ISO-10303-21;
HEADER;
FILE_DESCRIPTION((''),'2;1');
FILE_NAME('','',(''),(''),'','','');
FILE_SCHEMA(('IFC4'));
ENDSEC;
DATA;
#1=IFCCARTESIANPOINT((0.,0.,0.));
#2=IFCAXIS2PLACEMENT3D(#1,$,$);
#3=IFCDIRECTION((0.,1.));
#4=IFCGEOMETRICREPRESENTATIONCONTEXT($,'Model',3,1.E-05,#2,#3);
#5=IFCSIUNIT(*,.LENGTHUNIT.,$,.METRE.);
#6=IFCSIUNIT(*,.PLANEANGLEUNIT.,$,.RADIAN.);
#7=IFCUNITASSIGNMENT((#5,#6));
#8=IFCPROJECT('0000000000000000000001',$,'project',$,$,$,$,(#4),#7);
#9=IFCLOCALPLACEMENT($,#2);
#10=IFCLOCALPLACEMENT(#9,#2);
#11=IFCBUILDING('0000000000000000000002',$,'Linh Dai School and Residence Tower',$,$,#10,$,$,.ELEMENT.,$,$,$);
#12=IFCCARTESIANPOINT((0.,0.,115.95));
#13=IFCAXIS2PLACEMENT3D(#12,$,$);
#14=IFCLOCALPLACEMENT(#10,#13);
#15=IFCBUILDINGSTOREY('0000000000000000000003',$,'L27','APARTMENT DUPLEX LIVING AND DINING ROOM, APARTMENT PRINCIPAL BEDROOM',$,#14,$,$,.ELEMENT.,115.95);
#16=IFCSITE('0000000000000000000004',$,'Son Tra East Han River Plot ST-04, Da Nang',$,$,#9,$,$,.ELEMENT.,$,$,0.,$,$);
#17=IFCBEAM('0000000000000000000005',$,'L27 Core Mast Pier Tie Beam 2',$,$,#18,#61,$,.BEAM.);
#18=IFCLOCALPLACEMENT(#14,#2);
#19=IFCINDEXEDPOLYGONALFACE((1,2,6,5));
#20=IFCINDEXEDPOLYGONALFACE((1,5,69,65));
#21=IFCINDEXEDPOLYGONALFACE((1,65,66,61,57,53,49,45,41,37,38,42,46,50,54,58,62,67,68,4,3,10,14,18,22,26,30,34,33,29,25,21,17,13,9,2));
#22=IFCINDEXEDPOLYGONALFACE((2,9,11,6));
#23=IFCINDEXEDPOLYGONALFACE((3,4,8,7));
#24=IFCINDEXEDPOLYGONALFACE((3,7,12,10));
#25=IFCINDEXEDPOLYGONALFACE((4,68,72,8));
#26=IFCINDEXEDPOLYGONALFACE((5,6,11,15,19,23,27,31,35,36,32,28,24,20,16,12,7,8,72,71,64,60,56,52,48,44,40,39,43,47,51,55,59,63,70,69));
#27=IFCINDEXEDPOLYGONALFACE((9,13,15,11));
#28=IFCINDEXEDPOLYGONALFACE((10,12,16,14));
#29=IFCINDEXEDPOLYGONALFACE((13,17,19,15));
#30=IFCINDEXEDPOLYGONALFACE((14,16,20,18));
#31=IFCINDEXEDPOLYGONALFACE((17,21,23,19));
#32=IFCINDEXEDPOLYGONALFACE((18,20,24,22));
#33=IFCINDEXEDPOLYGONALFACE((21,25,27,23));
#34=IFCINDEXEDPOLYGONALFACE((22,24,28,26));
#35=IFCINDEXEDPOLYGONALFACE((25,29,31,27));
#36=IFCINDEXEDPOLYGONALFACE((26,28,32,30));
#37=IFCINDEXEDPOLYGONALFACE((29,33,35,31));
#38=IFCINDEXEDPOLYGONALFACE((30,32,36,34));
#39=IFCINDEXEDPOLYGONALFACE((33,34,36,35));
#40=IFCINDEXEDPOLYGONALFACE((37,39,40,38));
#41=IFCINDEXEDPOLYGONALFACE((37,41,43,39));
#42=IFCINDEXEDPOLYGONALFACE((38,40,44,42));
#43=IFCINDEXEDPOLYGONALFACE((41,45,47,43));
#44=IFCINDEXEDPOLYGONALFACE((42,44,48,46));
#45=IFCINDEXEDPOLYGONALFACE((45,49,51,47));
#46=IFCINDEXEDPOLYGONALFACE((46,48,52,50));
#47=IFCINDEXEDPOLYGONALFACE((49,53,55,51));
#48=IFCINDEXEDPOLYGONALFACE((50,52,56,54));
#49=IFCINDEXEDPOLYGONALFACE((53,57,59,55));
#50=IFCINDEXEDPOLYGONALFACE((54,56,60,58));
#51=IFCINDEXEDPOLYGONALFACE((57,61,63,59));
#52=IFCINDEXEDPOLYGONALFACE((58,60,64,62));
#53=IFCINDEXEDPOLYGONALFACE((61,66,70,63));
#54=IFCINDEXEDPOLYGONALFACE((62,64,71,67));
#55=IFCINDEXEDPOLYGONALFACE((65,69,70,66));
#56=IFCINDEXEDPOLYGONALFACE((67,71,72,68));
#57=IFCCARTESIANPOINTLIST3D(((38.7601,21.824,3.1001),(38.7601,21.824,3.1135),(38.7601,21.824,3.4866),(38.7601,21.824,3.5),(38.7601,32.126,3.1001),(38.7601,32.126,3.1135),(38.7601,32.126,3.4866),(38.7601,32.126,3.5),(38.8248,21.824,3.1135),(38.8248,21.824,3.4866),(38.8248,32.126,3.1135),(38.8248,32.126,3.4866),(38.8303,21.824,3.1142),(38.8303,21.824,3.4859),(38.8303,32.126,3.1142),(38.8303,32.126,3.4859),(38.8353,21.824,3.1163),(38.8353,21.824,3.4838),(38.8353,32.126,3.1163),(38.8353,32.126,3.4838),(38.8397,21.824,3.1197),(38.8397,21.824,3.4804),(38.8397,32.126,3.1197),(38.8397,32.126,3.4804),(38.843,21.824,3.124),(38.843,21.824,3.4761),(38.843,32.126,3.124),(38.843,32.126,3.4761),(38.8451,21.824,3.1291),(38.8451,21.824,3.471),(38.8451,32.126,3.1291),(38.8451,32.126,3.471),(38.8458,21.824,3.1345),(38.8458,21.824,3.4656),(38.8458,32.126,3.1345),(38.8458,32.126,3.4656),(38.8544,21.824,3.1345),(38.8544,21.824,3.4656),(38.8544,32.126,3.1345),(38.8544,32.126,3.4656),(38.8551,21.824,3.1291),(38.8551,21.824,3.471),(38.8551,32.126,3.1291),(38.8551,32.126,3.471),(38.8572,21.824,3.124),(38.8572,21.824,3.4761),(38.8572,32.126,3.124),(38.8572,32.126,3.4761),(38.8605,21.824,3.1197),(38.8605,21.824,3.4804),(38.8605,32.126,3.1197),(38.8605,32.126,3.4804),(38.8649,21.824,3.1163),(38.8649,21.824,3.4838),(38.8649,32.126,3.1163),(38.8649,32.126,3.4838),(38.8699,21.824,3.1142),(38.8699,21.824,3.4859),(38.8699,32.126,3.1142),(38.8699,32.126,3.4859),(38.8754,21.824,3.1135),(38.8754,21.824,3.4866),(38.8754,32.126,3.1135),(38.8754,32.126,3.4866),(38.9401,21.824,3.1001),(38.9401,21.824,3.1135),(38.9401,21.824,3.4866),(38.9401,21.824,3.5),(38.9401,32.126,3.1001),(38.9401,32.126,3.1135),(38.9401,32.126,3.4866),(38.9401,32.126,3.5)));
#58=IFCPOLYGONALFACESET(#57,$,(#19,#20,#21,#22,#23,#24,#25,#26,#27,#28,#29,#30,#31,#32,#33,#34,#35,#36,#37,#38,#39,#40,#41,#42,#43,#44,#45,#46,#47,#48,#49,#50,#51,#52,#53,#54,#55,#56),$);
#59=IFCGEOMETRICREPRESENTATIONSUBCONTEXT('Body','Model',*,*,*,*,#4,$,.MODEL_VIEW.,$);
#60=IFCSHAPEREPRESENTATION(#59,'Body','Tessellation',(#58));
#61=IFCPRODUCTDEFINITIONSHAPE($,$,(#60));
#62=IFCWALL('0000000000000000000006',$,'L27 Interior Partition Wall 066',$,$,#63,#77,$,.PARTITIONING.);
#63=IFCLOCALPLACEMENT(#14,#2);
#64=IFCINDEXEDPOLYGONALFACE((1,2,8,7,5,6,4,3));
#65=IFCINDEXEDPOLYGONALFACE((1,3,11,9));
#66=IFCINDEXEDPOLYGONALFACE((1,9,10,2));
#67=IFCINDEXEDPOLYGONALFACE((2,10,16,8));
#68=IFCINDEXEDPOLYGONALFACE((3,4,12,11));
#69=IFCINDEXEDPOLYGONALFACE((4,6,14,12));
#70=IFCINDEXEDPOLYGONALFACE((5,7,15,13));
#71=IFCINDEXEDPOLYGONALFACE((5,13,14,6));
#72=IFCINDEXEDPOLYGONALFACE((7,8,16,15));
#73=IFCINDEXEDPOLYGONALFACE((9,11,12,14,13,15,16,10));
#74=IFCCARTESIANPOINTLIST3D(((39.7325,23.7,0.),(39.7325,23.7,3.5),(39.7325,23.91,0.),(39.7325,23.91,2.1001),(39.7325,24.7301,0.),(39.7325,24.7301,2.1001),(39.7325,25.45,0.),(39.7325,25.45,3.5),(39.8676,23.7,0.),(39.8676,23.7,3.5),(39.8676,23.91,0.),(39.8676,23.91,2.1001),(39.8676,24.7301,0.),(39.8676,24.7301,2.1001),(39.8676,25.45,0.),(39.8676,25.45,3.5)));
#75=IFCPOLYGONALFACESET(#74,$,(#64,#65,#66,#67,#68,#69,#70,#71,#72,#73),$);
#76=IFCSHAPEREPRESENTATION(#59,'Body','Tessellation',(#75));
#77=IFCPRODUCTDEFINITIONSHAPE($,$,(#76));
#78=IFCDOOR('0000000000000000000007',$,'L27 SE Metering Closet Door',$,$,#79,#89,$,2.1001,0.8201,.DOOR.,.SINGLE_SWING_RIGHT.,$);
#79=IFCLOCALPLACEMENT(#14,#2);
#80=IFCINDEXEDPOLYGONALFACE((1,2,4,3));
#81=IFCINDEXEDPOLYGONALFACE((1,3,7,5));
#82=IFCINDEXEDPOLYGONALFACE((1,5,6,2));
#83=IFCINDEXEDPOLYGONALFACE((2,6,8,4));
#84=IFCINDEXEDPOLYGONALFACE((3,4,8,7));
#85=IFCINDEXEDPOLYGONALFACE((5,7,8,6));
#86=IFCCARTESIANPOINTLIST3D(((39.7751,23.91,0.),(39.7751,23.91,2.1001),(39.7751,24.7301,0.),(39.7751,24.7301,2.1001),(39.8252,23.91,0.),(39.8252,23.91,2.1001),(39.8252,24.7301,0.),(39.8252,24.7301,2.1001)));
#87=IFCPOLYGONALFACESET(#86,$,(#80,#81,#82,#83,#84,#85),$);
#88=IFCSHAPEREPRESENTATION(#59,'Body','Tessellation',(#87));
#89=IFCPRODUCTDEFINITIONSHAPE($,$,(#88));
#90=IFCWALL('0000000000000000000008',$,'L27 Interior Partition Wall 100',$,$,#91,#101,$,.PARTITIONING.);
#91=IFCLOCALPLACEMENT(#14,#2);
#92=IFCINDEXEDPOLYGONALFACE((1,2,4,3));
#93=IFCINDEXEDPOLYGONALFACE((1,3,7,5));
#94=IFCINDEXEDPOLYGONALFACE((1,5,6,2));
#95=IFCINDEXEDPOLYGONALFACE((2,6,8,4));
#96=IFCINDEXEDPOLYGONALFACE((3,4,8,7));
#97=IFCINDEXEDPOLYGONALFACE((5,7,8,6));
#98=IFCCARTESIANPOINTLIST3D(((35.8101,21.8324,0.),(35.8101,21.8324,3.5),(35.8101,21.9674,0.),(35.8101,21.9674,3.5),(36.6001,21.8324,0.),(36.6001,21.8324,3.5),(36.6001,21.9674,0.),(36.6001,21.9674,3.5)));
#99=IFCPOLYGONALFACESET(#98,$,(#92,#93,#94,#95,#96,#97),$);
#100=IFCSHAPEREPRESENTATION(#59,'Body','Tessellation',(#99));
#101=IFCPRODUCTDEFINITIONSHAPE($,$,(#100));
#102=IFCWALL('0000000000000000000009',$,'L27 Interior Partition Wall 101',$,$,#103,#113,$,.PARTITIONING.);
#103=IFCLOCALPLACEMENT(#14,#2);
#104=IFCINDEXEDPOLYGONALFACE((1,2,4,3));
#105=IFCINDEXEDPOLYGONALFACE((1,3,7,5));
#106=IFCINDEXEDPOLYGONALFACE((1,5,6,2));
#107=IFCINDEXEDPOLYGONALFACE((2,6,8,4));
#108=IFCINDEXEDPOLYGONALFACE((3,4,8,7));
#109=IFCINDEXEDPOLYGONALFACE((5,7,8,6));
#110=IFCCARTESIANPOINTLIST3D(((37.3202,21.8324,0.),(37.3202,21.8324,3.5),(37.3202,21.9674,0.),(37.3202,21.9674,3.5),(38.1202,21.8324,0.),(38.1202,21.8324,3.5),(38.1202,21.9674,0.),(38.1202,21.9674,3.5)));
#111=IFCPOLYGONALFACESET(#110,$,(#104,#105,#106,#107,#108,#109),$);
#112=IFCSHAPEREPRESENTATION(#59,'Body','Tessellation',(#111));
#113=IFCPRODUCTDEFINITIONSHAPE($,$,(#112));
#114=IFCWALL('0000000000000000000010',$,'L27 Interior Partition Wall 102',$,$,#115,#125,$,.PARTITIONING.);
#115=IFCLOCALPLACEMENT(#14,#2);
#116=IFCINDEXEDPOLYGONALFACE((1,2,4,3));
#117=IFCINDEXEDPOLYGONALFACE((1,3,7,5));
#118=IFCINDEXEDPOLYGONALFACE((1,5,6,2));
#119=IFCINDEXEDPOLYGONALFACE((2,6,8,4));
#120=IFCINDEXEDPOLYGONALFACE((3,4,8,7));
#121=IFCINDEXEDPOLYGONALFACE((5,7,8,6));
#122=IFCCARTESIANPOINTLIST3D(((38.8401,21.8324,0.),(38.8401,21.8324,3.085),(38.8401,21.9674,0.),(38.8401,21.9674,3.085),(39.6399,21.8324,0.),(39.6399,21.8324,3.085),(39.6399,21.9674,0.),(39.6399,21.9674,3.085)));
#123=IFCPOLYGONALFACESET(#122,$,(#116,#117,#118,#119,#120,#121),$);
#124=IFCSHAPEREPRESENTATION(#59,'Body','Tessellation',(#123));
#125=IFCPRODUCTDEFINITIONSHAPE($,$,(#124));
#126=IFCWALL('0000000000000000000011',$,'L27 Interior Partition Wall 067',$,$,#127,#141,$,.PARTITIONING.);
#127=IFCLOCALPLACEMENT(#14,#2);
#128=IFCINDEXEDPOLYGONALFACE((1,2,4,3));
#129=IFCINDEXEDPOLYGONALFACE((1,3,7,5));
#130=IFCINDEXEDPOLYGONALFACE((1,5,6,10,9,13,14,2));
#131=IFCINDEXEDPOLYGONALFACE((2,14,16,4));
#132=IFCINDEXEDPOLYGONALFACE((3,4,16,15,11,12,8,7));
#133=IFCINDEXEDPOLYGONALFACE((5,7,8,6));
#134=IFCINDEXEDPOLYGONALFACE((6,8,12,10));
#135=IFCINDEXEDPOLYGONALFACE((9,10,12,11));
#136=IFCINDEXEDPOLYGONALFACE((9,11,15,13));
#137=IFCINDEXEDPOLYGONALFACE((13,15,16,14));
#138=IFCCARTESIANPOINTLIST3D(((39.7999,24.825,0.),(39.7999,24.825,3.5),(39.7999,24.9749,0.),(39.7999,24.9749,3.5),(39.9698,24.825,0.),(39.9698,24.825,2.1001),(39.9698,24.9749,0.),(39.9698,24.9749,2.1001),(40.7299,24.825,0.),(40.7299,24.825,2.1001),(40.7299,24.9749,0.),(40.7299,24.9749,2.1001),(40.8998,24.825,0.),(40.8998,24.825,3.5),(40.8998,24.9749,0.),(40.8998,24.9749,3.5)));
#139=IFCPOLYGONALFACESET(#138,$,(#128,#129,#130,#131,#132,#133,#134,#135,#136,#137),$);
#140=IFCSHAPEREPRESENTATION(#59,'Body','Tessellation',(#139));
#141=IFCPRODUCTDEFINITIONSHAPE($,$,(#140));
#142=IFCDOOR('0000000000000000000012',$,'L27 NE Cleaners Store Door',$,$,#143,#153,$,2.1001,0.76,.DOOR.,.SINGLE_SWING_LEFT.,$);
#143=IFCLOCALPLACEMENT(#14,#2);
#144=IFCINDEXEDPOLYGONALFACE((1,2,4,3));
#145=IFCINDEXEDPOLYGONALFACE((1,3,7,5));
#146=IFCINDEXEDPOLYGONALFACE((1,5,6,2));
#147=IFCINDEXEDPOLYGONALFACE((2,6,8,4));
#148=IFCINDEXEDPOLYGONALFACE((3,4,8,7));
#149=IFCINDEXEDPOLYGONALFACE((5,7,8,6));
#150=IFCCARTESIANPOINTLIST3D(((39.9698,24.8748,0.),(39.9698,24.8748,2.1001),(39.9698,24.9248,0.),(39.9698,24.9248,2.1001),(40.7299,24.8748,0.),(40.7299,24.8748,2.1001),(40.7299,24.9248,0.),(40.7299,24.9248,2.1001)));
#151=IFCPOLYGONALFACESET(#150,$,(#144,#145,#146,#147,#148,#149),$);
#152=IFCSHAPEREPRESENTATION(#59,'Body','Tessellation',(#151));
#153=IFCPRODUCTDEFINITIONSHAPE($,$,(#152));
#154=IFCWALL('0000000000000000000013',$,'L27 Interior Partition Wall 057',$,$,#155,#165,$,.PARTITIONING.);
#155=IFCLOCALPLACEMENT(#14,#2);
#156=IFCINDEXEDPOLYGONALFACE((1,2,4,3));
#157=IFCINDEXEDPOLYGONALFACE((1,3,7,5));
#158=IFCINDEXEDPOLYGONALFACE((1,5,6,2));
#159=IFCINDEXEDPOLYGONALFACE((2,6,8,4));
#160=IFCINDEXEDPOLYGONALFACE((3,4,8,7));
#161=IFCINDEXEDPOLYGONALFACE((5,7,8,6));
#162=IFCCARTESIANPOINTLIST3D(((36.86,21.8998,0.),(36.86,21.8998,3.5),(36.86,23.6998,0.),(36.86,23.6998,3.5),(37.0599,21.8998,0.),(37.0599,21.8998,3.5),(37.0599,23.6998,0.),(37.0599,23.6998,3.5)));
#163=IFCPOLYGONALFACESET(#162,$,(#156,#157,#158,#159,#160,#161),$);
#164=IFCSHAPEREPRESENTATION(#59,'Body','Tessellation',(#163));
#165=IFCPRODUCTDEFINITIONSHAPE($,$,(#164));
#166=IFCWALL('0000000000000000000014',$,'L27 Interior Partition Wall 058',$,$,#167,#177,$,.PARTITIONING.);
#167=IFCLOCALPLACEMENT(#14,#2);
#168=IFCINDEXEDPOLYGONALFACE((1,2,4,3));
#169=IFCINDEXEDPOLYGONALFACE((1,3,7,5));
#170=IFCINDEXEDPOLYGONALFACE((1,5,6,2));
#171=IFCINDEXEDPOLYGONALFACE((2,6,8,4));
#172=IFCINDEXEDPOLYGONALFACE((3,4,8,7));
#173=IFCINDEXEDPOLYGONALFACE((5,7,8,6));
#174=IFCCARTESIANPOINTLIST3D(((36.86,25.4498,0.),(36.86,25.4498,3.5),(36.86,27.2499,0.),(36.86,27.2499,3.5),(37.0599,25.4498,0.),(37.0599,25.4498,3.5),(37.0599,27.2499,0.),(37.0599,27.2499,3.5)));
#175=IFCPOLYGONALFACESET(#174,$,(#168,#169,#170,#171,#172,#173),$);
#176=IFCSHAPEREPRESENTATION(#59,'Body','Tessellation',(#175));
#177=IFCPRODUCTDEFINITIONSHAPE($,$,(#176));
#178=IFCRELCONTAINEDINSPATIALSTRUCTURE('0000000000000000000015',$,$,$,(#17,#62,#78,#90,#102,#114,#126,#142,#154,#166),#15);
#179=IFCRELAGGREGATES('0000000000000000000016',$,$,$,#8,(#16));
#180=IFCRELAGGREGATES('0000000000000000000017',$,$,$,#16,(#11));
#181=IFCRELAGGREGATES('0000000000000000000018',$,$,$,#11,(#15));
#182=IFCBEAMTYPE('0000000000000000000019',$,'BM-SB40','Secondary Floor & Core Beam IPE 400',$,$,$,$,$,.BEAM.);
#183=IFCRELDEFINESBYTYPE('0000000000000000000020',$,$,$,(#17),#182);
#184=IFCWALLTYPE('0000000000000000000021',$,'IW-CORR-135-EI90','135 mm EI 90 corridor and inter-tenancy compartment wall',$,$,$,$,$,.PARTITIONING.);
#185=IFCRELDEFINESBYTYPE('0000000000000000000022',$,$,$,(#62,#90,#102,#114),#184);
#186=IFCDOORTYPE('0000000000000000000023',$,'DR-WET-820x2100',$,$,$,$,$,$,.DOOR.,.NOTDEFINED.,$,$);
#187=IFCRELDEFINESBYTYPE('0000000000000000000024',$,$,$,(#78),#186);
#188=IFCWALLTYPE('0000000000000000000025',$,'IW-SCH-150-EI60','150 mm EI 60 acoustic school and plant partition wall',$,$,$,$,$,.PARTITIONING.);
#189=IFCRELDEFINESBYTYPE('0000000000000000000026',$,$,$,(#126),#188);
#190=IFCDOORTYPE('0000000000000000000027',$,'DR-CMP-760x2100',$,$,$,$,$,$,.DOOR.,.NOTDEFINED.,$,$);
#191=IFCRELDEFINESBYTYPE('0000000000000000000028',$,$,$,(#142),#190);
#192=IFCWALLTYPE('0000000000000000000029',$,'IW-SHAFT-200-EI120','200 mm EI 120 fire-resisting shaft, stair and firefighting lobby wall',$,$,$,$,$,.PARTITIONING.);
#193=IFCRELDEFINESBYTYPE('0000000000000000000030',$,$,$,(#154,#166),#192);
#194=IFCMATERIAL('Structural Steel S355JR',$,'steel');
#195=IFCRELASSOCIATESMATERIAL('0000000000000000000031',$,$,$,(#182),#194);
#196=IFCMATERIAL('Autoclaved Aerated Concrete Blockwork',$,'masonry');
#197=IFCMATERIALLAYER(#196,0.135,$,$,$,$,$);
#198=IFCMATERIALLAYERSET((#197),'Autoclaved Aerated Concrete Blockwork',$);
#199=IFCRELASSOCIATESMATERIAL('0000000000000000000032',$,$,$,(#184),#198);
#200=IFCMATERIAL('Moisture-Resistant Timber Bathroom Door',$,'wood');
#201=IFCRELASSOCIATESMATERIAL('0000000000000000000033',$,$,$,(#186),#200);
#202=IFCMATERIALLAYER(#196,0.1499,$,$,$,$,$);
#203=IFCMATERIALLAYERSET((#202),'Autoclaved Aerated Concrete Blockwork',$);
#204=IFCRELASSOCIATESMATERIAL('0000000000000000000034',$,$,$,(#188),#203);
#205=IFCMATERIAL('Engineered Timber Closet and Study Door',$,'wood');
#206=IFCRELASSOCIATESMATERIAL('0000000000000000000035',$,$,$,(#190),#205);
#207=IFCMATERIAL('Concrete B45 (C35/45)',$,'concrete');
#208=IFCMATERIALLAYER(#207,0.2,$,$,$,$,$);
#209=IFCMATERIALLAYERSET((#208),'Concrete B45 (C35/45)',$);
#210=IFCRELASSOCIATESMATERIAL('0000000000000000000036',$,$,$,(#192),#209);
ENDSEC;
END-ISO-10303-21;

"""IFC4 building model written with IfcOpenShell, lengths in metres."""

from ifc_helpers import new_model, si_unit, direction, frame, frame_2d, origin, origin_2d, place, context, subcontext, project, spatial, rectangle, i_section, extrude, source, transform, mapped, material, layer, layer_set, material_profile, profile_set, type_object, element, fill, save


model = new_model("IFC4")

# Units and contexts
model_context = context("Model", 3, precision=1e-05, world=origin(), true_north=direction((0.0, 1.0)))
body_context = subcontext(model_context, "Body", "Model", "MODEL_VIEW")
ifc_project = project(units=[si_unit("LENGTHUNIT", "METRE"), si_unit("PLANEANGLEUNIT", "RADIAN")], contexts=[model_context])

# Site, building, storey
site_placement = place(None, origin())
site = spatial("IfcSite", under=ifc_project, at=site_placement, Name="Son Tra East Han River Plot ST-04, Da Nang", CompositionType="ELEMENT", RefElevation=0.0)
building_placement = place(site_placement, origin())
building = spatial("IfcBuilding", under=site, at=building_placement, Name="Linh Dai School and Residence Tower", CompositionType="ELEMENT")
storey_placement = place(building_placement, frame((0.0, 0.0, 115.95)))
storey = spatial("IfcBuildingStorey", under=building, at=storey_placement, Name="L27", Description="APARTMENT DUPLEX LIVING AND DINING ROOM, APARTMENT PRINCIPAL BEDROOM", CompositionType="ELEMENT", Elevation=115.95)

# Shared definitions
ifc_material_1 = material(Name="Structural Steel S355JR", Category="steel")

# Beam
ifc_material_profile_1 = material_profile(ifc_material_1, i_section(OverallWidth=0.1799, OverallDepth=0.3999, WebThickness=0.0085, FlangeThickness=0.0134, FilletRadius=0.021, at=origin_2d()), Name="IPE 400")
ifc_profile_set_1 = profile_set([ifc_material_profile_1], Name="Structural Steel S355JR")
beam_type = type_object("IfcBeamType", Name="BM-SB40", Description="Secondary Floor & Core Beam IPE 400", PredefinedType="BEAM", material=ifc_profile_set_1)
beam_placement = place(storey_placement, frame((38.8501, 21.824, 3.3), z_axis=(0.0, 1.0, 0.0), x_axis=(-1.0, 0.0, 0.0)))
element("IfcBeam", 1, at=beam_placement, inside=storey, type_object=beam_type, Name="L27 Core Mast Pier Tie Beam 2", PredefinedType="BEAM", context=body_context, shape_type="SweptSolid", body=[
    extrude(i_section(OverallWidth=0.1799, OverallDepth=0.3999, WebThickness=0.0085, FlangeThickness=0.0134, FilletRadius=0.021, at=origin_2d()), origin(), (0.0, 0.0, 1.0), 10.302),
])

# Wall, opening, door
ifc_material_2 = material(Name="Autoclaved Aerated Concrete Blockwork", Category="masonry")
ifc_layer_1 = layer(ifc_material_2, 0.135)
ifc_layer_set_1 = layer_set([ifc_layer_1], Name="Autoclaved Aerated Concrete Blockwork")
wall_type_1 = type_object("IfcWallType", Name="IW-CORR-135-EI90", Description="135 mm EI 90 corridor and inter-tenancy compartment wall", PredefinedType="PARTITIONING", material=ifc_layer_set_1)
wall_1_placement = place(storey_placement, frame((39.8, 23.7, 0.0), z_axis=(0.0, 0.0, 1.0), x_axis=(0.0, 1.0, 0.0)))
wall_1 = element("IfcWall", 2, at=wall_1_placement, inside=storey, type_object=wall_type_1, Name="L27 Interior Partition Wall 066", PredefinedType="PARTITIONING", context=body_context, shape_type="SweptSolid", body=[
    extrude(rectangle(XDim=1.75, YDim=0.135, at=frame_2d((0.875, 0.0))), origin(), (0.0, 0.0, 1.0), 3.5),
])
opening_1_placement = place(wall_1_placement, frame((0.21, 0.0, 0.0)))
opening_1 = element("IfcOpeningElement", 3, at=opening_1_placement, cuts=wall_1, PredefinedType="OPENING", context=body_context, shape_type="SweptSolid", body=[
    extrude(rectangle(XDim=0.8201, YDim=2.1001, at=origin_2d()), frame((0.4102, 0.0776, 1.05), z_axis=(0.0, -1.0, 0.0), x_axis=(1.0, 0.0, 0.0)), (0.0, 0.0, 1.0), 0.155),
])
ifc_material_3 = material(Name="Moisture-Resistant Timber Bathroom Door", Category="wood")
door_type_1 = type_object("IfcDoorType", Name="DR-WET-820x2100", OperationType="NOTDEFINED", PredefinedType="DOOR", material=ifc_material_3)
shared_shape_1 = source(origin(), body_context, "Body", "SweptSolid", [
    extrude(rectangle(XDim=0.8201, YDim=2.1001, at=origin_2d()), frame((0.4102, 0.0249, 1.05), z_axis=(0.0, -1.0, 0.0), x_axis=(1.0, 0.0, 0.0)), (0.0, 0.0, 1.0), 0.05),
])
door_1_placement = place(opening_1_placement, origin())
door_1 = element("IfcDoor", 4, at=door_1_placement, inside=storey, type_object=door_type_1, Name="L27 SE Metering Closet Door", OperationType="SINGLE_SWING_RIGHT", OverallHeight=2.1001, OverallWidth=0.8201, PredefinedType="DOOR", context=body_context, shape_type="MappedRepresentation", body=[
    mapped(shared_shape_1, transform((0.0, 0.0, 0.0), x_axis=(1.0, 0.0, 0.0), y_axis=(0.0, 1.0, 0.0), z_axis=(0.0, 0.0, 1.0), scale=1.0)),
])
fill(opening_1, door_1)

# Walls
wall_2_placement = place(storey_placement, frame((36.6001, 21.8999, 0.0), z_axis=(0.0, 0.0, 1.0), x_axis=(-1.0, 0.0, 0.0)))
element("IfcWall", 5, at=wall_2_placement, inside=storey, type_object=wall_type_1, Name="L27 Interior Partition Wall 100", PredefinedType="PARTITIONING", context=body_context, shape_type="SweptSolid", body=[
    extrude(rectangle(XDim=0.79, YDim=0.135, at=frame_2d((0.395, 0.0))), origin(), (0.0, 0.0, 1.0), 3.5),
])
wall_3_placement = place(storey_placement, frame((38.1201, 21.8999, 0.0), z_axis=(0.0, 0.0, 1.0), x_axis=(-1.0, 0.0, 0.0)))
element("IfcWall", 6, at=wall_3_placement, inside=storey, type_object=wall_type_1, Name="L27 Interior Partition Wall 101", PredefinedType="PARTITIONING", context=body_context, shape_type="SweptSolid", body=[
    extrude(rectangle(XDim=0.8, YDim=0.135, at=frame_2d((0.3999, 0.0))), origin(), (0.0, 0.0, 1.0), 3.5),
])
wall_4_placement = place(storey_placement, frame((39.6399, 21.8999, 0.0), z_axis=(0.0, 0.0, 1.0), x_axis=(-1.0, 0.0, 0.0)))
element("IfcWall", 7, at=wall_4_placement, inside=storey, type_object=wall_type_1, Name="L27 Interior Partition Wall 102", PredefinedType="PARTITIONING", context=body_context, shape_type="SweptSolid", body=[
    extrude(rectangle(XDim=0.7998, YDim=0.135, at=frame_2d((0.3999, 0.0))), origin(), (0.0, 0.0, 1.0), 3.085),
])

# Wall, opening, door
ifc_layer_2 = layer(ifc_material_2, 0.1499)
ifc_layer_set_2 = layer_set([ifc_layer_2], Name="Autoclaved Aerated Concrete Blockwork")
wall_type_2 = type_object("IfcWallType", Name="IW-SCH-150-EI60", Description="150 mm EI 60 acoustic school and plant partition wall", PredefinedType="PARTITIONING", material=ifc_layer_set_2)
wall_5_placement = place(storey_placement, frame((39.8, 24.8999, 0.0), z_axis=(0.0, 0.0, 1.0), x_axis=(1.0, 0.0, 0.0)))
wall_5 = element("IfcWall", 8, at=wall_5_placement, inside=storey, type_object=wall_type_2, Name="L27 Interior Partition Wall 067", PredefinedType="PARTITIONING", context=body_context, shape_type="SweptSolid", body=[
    extrude(rectangle(XDim=1.0999, YDim=0.1499, at=frame_2d((0.5498, 0.0))), origin(), (0.0, 0.0, 1.0), 3.5),
])
opening_2_placement = place(wall_5_placement, frame((0.1699, 0.0, 0.0)))
opening_2 = element("IfcOpeningElement", 9, at=opening_2_placement, cuts=wall_5, PredefinedType="OPENING", context=body_context, shape_type="SweptSolid", body=[
    extrude(rectangle(XDim=0.76, YDim=2.1001, at=origin_2d()), frame((0.3799, 0.085, 1.05), z_axis=(0.0, -1.0, 0.0), x_axis=(1.0, 0.0, 0.0)), (0.0, 0.0, 1.0), 0.1699),
])
ifc_material_4 = material(Name="Engineered Timber Closet and Study Door", Category="wood")
door_type_2 = type_object("IfcDoorType", Name="DR-CMP-760x2100", OperationType="NOTDEFINED", PredefinedType="DOOR", material=ifc_material_4)
shared_shape_2 = source(origin(), body_context, "Body", "SweptSolid", [
    extrude(rectangle(XDim=0.76, YDim=2.1001, at=origin_2d()), frame((0.3799, 0.0249, 1.05), z_axis=(0.0, -1.0, 0.0), x_axis=(1.0, 0.0, 0.0)), (0.0, 0.0, 1.0), 0.05),
])
door_2_placement = place(opening_2_placement, origin())
door_2 = element("IfcDoor", 10, at=door_2_placement, inside=storey, type_object=door_type_2, Name="L27 NE Cleaners Store Door", OperationType="SINGLE_SWING_LEFT", OverallHeight=2.1001, OverallWidth=0.76, PredefinedType="DOOR", context=body_context, shape_type="MappedRepresentation", body=[
    mapped(shared_shape_2, transform((0.0, 0.0, 0.0), x_axis=(1.0, 0.0, 0.0), y_axis=(0.0, 1.0, 0.0), z_axis=(0.0, 0.0, 1.0), scale=1.0)),
])
fill(opening_2, door_2)

# Walls
ifc_material_5 = material(Name="Concrete B45 (C35/45)", Category="concrete")
ifc_layer_3 = layer(ifc_material_5, 0.2)
ifc_layer_set_3 = layer_set([ifc_layer_3], Name="Concrete B45 (C35/45)")
wall_type_3 = type_object("IfcWallType", Name="IW-SHAFT-200-EI120", Description="200 mm EI 120 fire-resisting shaft, stair and firefighting lobby wall", PredefinedType="PARTITIONING", material=ifc_layer_set_3)
for number, where, z_axis, x_axis, name in (
    (11, (36.96, 21.8999, 0.0), (0.0, 0.0, 1.0), (0.0, 1.0, 0.0), "L27 Interior Partition Wall 057"),
    (12, (36.96, 25.45, 0.0), (0.0, 0.0, 1.0), (0.0, 1.0, 0.0), "L27 Interior Partition Wall 058"),
):
    element("IfcWall", number, at=place(storey_placement, frame(where, z_axis=z_axis, x_axis=x_axis)), inside=storey, type_object=wall_type_3, Name=name, PredefinedType="PARTITIONING", context=body_context, shape_type="SweptSolid", body=[
        extrude(rectangle(XDim=1.8, YDim=0.2, at=frame_2d((0.8999, 0.0))), origin(), (0.0, 0.0, 1.0), 3.5),
    ])

save(model, "model.ifc")
